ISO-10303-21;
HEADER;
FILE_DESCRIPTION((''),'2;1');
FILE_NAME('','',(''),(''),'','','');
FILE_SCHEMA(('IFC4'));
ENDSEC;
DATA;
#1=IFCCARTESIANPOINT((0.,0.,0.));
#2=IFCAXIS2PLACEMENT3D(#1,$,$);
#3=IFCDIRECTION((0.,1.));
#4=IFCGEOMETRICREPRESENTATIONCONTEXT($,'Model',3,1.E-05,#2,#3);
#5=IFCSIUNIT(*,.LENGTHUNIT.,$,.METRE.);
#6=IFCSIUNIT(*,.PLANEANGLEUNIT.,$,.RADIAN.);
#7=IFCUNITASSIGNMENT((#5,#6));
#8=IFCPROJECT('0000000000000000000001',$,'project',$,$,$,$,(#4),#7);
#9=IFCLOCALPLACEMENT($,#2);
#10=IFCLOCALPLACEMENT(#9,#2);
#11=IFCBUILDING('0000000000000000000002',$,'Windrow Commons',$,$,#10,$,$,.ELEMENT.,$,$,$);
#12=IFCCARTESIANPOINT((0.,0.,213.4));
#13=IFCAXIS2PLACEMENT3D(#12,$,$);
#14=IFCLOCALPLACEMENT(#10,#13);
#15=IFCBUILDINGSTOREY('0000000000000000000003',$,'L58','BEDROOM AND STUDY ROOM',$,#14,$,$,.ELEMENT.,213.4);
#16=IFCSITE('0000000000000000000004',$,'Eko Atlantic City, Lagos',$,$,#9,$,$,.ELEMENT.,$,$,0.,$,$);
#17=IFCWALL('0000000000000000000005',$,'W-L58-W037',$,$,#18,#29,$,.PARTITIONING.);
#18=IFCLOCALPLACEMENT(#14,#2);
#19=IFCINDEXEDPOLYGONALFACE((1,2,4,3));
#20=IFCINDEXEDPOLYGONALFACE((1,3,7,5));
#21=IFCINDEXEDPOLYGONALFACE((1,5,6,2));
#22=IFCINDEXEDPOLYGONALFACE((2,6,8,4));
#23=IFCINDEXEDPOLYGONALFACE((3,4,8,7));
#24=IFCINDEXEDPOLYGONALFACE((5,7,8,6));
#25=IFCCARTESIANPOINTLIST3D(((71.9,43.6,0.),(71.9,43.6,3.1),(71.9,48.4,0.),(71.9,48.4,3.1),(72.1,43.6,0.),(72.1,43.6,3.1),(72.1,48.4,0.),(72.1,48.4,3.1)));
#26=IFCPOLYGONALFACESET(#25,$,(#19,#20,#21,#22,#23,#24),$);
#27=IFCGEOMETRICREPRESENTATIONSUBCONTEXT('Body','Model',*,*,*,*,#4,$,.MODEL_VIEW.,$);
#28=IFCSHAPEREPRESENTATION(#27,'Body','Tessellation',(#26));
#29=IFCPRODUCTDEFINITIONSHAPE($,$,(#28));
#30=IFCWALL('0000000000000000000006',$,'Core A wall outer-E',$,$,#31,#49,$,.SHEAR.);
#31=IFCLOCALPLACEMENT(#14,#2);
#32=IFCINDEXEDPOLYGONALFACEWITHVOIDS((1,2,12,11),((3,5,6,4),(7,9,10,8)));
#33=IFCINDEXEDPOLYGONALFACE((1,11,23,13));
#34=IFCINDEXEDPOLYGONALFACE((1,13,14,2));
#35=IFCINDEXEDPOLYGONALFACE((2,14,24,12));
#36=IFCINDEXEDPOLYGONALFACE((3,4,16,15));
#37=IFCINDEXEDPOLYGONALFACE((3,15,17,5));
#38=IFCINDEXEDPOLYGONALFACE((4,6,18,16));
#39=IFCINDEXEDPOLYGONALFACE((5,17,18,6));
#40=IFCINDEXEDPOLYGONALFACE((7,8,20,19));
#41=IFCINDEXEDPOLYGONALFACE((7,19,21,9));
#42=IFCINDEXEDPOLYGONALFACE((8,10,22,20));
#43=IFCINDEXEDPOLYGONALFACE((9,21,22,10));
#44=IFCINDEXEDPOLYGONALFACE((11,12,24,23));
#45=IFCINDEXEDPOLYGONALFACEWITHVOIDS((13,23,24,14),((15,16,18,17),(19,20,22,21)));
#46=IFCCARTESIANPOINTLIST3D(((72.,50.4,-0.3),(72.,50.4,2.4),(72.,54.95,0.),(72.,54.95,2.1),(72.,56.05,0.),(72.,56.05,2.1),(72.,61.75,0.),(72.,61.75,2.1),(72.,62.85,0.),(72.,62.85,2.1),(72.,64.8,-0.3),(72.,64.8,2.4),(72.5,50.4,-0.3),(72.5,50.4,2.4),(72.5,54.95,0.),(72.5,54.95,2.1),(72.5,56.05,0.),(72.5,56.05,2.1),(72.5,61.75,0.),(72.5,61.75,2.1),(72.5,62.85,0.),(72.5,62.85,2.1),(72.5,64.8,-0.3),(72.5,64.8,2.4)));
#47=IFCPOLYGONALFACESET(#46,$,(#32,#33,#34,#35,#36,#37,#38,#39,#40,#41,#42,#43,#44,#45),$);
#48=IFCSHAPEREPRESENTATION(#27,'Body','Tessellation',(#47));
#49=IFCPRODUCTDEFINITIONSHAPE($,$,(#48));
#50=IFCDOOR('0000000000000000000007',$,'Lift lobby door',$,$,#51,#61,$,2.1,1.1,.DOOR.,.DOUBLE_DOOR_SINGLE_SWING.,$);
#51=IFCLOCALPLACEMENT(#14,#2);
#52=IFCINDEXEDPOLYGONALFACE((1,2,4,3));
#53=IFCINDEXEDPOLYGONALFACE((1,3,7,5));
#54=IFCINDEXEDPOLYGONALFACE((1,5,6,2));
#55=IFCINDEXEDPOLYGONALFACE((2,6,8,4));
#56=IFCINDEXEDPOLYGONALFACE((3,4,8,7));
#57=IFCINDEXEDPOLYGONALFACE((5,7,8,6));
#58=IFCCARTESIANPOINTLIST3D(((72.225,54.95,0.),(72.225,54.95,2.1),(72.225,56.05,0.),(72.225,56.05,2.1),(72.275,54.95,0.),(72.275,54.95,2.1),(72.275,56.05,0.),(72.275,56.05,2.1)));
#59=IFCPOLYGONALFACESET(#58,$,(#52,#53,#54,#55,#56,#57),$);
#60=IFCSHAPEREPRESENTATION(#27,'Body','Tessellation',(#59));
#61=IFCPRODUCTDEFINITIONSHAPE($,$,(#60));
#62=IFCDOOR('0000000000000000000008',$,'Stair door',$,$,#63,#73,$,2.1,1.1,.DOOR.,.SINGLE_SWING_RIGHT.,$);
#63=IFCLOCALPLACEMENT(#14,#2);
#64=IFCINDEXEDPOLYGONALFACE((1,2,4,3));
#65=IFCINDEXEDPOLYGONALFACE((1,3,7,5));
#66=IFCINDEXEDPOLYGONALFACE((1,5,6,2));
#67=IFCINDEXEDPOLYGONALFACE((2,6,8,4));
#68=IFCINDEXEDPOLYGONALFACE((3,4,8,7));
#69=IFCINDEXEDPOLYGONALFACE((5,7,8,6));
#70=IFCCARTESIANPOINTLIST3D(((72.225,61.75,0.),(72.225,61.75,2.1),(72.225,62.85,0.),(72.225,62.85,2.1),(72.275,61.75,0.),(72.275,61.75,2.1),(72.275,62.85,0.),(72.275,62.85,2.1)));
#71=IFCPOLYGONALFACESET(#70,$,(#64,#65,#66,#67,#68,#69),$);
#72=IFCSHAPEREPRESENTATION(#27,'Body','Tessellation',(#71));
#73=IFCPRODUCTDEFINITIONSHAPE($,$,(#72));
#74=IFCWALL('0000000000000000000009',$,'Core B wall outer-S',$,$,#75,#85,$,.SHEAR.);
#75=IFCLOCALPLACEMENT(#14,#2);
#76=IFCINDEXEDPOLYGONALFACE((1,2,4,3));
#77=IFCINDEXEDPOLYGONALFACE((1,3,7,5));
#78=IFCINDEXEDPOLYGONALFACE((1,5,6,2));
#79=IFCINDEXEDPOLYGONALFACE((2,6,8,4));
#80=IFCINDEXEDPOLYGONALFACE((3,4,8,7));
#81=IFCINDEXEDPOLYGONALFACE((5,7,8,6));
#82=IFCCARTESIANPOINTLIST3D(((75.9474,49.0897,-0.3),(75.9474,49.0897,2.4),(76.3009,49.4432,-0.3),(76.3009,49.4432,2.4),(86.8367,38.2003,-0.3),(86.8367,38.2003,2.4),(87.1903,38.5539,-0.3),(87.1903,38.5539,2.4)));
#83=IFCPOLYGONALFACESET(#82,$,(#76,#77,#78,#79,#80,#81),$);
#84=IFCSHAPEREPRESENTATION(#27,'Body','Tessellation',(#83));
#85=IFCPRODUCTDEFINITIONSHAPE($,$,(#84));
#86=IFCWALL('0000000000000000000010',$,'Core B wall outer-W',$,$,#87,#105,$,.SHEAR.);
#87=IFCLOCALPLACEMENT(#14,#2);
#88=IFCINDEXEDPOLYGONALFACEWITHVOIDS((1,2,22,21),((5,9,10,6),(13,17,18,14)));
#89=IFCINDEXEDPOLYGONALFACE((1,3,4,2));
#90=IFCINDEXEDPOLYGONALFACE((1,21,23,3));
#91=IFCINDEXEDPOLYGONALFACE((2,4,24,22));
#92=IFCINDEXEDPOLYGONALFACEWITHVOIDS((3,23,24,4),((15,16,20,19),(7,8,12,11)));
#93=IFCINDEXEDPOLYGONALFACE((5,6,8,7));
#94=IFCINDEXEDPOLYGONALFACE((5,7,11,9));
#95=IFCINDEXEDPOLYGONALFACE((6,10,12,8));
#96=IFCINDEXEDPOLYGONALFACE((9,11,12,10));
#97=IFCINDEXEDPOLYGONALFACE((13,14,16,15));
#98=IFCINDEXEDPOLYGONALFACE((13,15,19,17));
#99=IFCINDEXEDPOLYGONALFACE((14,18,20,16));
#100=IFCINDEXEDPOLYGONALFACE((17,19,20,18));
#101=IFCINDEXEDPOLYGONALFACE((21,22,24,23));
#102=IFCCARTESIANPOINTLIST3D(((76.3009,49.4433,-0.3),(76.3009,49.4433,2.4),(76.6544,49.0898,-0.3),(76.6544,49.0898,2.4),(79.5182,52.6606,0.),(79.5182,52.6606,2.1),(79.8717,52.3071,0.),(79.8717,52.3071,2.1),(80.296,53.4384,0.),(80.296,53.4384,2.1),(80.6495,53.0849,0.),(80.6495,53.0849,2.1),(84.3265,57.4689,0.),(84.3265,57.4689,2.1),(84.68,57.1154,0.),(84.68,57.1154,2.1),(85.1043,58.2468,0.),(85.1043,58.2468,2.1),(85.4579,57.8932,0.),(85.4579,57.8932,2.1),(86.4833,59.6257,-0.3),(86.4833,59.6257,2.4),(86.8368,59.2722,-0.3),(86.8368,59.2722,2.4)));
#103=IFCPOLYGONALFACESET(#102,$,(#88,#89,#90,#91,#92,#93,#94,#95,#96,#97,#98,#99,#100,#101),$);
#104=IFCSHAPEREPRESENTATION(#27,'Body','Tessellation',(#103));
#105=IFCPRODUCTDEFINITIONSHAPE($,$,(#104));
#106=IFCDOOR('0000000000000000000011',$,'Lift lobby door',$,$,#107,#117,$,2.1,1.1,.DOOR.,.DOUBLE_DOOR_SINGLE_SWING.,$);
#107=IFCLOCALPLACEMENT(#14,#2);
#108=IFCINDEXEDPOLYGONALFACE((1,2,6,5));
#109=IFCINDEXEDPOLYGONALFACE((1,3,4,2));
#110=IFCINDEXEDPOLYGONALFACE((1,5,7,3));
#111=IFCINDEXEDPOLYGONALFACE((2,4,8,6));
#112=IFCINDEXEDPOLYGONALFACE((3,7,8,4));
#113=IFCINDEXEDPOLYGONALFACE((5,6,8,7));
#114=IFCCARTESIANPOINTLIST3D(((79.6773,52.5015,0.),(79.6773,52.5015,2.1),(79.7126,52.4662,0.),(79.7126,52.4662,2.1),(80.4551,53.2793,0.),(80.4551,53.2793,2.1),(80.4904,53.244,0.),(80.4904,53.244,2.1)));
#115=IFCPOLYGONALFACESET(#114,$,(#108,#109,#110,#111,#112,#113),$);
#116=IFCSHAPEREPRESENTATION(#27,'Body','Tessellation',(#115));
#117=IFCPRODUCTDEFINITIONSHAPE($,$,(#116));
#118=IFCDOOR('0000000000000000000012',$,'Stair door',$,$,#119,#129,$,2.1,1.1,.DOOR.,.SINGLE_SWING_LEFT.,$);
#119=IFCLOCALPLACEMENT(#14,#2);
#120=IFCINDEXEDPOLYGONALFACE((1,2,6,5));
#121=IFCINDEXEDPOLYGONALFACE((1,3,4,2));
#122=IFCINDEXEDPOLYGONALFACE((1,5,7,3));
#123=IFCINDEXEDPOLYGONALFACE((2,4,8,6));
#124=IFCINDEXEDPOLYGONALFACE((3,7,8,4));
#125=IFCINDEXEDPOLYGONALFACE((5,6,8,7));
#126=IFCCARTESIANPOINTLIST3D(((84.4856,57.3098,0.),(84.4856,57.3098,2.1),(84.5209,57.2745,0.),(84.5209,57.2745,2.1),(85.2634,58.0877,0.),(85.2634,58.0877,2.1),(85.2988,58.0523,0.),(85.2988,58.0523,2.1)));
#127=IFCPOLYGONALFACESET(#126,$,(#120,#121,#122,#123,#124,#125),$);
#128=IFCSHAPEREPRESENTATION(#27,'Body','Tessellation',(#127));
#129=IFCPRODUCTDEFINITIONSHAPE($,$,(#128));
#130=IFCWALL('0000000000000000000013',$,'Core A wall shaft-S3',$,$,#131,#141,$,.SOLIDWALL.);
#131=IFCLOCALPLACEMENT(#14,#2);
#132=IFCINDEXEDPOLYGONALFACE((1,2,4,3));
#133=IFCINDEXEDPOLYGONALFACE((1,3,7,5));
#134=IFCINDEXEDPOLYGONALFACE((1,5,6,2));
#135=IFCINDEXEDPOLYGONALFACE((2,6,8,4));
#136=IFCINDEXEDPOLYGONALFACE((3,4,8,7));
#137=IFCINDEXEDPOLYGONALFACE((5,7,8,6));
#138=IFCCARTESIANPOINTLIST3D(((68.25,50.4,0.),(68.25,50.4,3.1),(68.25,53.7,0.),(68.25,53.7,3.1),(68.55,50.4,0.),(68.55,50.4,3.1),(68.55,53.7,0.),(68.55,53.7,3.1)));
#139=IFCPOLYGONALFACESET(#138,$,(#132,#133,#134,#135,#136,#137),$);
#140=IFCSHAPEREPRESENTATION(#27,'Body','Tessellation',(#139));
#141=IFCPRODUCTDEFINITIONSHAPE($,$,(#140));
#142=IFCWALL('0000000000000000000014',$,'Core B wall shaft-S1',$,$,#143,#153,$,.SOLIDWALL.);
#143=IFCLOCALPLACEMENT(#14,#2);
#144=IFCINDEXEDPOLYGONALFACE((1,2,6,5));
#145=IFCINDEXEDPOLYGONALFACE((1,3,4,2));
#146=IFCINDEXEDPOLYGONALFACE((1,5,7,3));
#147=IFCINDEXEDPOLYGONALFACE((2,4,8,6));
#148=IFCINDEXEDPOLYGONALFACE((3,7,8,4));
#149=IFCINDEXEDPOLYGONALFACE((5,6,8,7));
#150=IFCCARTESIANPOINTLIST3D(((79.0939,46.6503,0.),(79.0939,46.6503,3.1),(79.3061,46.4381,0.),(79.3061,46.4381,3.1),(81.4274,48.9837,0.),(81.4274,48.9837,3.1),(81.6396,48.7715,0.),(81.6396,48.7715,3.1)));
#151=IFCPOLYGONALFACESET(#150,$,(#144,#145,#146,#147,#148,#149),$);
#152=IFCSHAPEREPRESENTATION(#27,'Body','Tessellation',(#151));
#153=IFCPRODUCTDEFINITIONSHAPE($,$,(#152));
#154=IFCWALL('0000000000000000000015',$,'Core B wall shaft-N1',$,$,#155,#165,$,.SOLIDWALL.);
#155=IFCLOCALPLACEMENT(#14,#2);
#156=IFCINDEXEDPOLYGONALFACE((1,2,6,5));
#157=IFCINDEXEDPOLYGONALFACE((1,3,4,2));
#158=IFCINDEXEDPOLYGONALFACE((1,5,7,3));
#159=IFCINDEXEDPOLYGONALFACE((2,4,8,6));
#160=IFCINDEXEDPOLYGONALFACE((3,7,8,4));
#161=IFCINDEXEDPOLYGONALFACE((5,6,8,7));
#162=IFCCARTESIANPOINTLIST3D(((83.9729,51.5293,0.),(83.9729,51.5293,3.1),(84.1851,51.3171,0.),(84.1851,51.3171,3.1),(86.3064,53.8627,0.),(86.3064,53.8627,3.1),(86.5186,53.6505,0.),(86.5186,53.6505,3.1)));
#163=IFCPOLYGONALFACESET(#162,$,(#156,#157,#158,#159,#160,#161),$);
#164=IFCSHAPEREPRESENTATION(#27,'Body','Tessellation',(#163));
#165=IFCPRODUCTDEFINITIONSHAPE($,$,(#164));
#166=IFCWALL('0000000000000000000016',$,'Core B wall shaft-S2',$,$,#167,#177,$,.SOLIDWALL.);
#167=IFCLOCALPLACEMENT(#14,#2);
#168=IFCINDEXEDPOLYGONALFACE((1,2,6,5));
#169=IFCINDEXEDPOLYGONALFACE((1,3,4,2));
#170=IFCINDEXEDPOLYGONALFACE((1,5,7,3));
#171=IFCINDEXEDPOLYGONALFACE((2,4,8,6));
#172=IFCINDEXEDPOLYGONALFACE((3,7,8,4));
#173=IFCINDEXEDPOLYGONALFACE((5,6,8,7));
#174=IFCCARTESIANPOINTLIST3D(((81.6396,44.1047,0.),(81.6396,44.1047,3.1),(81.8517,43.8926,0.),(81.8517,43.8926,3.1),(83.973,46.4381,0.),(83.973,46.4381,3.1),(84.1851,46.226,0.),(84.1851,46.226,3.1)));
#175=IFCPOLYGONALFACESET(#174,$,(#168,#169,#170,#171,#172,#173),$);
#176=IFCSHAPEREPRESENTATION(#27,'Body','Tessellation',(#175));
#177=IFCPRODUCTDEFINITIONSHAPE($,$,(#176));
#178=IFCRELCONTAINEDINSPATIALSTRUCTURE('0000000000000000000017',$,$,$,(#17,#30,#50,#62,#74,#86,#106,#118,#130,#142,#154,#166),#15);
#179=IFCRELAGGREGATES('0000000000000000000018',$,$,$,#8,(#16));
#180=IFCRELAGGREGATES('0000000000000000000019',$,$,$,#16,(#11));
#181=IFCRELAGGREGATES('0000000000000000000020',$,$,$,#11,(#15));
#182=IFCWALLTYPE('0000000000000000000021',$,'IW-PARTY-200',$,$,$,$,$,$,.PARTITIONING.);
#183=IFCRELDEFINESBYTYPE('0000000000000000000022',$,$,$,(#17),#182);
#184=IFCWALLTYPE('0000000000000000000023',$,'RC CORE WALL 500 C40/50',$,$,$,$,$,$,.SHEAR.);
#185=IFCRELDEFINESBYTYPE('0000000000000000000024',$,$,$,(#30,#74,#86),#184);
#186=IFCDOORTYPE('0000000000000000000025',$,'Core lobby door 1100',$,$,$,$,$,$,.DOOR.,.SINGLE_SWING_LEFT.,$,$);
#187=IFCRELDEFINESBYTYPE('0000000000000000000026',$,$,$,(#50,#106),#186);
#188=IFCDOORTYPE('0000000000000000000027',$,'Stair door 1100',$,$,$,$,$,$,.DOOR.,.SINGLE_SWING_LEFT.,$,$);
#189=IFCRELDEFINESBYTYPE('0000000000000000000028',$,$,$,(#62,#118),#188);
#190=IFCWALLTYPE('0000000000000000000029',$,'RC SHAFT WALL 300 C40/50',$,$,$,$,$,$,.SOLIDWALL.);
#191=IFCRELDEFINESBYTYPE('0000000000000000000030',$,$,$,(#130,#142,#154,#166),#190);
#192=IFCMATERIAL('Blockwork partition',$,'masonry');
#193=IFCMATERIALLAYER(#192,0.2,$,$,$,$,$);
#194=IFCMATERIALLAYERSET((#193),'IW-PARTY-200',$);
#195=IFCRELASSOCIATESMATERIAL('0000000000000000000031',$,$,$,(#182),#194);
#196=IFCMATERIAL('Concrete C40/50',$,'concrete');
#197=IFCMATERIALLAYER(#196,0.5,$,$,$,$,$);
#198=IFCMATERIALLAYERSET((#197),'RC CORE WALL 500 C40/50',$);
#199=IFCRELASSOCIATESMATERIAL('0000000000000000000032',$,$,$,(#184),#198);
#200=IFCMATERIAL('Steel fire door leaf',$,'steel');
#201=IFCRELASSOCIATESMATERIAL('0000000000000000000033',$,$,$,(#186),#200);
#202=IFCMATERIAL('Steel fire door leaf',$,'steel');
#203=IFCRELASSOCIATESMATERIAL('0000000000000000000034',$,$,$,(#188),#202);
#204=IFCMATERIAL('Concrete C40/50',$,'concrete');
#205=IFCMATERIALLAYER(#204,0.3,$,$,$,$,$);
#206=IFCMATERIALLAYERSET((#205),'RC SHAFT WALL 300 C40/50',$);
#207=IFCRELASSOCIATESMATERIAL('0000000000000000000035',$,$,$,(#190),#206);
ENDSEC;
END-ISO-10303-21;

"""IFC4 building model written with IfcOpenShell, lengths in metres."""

from ifc_helpers import new_model, si_unit, direction, frame, frame_2d, origin, place, context, subcontext, project, spatial, rectangle, extrude, material, layer, layer_set, type_object, element, fill, save


model = new_model("IFC4")

# Units and contexts
model_context = context("Model", 3, precision=1e-05, world=origin(), true_north=direction((0.0, 1.0)))
body_context = subcontext(model_context, "Body", "Model", "MODEL_VIEW")
ifc_project = project(units=[si_unit("LENGTHUNIT", "METRE"), si_unit("PLANEANGLEUNIT", "RADIAN")], contexts=[model_context])

# Site, building, storey
site_placement = place(None, origin())
site = spatial("IfcSite", under=ifc_project, at=site_placement, Name="Eko Atlantic City, Lagos", CompositionType="ELEMENT", RefElevation=0.0)
building_placement = place(site_placement, origin())
building = spatial("IfcBuilding", under=site, at=building_placement, Name="Windrow Commons", CompositionType="ELEMENT")
storey_placement = place(building_placement, frame((0.0, 0.0, 213.4)))
storey = spatial("IfcBuildingStorey", under=building, at=storey_placement, Name="L58", Description="BEDROOM AND STUDY ROOM", CompositionType="ELEMENT", Elevation=213.4)

# Wall
ifc_material_1 = material(Name="Blockwork partition", Category="masonry")
ifc_layer_1 = layer(ifc_material_1, 0.2)
ifc_layer_set_1 = layer_set([ifc_layer_1], Name="IW-PARTY-200")
wall_type_1 = type_object("IfcWallType", Name="IW-PARTY-200", PredefinedType="PARTITIONING", material=ifc_layer_set_1)
wall_1_placement = place(storey_placement, frame((72.0, 43.6, 0.0), z_axis=(0.0, 0.0, 1.0), x_axis=(0.0, 1.0, 0.0)))
element("IfcWall", 1, at=wall_1_placement, inside=storey, type_object=wall_type_1, Name="W-L58-W037", PredefinedType="PARTITIONING", context=body_context, shape_type="SweptSolid", body=[
    extrude(rectangle(XDim=4.8, YDim=0.2, at=frame_2d((2.4, 0.0))), origin(), (0.0, 0.0, 1.0), 3.1),
])

# Wall, openings, doors
ifc_material_2 = material(Name="Concrete C40/50", Category="concrete")
ifc_layer_2 = layer(ifc_material_2, 0.5)
ifc_layer_set_2 = layer_set([ifc_layer_2], Name="RC CORE WALL 500 C40/50")
wall_type_2 = type_object("IfcWallType", Name="RC CORE WALL 500 C40/50", PredefinedType="SHEAR", material=ifc_layer_set_2)
wall_2_placement = place(storey_placement, frame((72.25, 50.4, -0.3), z_axis=(0.0, 0.0, 1.0), x_axis=(0.0, 1.0, 0.0)))
wall_2 = element("IfcWall", 2, at=wall_2_placement, inside=storey, type_object=wall_type_2, Name="Core A wall outer-E", PredefinedType="SHEAR", context=body_context, shape_type="SweptSolid", body=[
    extrude(rectangle(XDim=14.4, YDim=0.5, at=frame_2d((7.2, 0.0))), origin(), (0.0, 0.0, 1.0), 2.7),
])
opening_1_placement = place(wall_2_placement, frame((4.55, 0.0, 0.3)))
opening_1 = element("IfcOpeningElement", 3, at=opening_1_placement, cuts=wall_2, PredefinedType="OPENING", context=body_context, shape_type="SweptSolid", body=[
    extrude(rectangle(XDim=1.1, YDim=2.1, at=frame_2d((0.55, 1.05))), frame((0.0, 0.26, 0.0), z_axis=(0.0, -1.0, 0.0), x_axis=(1.0, 0.0, 0.0)), (0.0, 0.0, 1.0), 0.52),
])
opening_2_placement = place(wall_2_placement, frame((11.35, 0.0, 0.3)))
opening_2 = element("IfcOpeningElement", 4, at=opening_2_placement, cuts=wall_2, PredefinedType="OPENING", context=body_context, shape_type="SweptSolid", body=[
    extrude(rectangle(XDim=1.1, YDim=2.1, at=frame_2d((0.55, 1.05))), frame((0.0, 0.26, 0.0), z_axis=(0.0, -1.0, 0.0), x_axis=(1.0, 0.0, 0.0)), (0.0, 0.0, 1.0), 0.52),
])
ifc_material_3 = material(Name="Steel fire door leaf", Category="steel")
door_type_1 = type_object("IfcDoorType", Name="Core lobby door 1100", OperationType="SINGLE_SWING_LEFT", PredefinedType="DOOR", material=ifc_material_3)
door_1_placement = place(opening_1_placement, origin())
door_1 = element("IfcDoor", 5, at=door_1_placement, inside=storey, type_object=door_type_1, Name="Lift lobby door", OperationType="DOUBLE_DOOR_SINGLE_SWING", OverallHeight=2.1, OverallWidth=1.1, PredefinedType="DOOR", context=body_context, shape_type="SweptSolid", body=[
    extrude(rectangle(XDim=1.1, YDim=2.1, at=frame_2d((0.55, 1.05))), frame((0.0, 0.025, 0.0), z_axis=(0.0, -1.0, 0.0), x_axis=(1.0, 0.0, 0.0)), (0.0, 0.0, 1.0), 0.05),
])
fill(opening_1, door_1)
ifc_material_4 = material(Name="Steel fire door leaf", Category="steel")
door_type_2 = type_object("IfcDoorType", Name="Stair door 1100", OperationType="SINGLE_SWING_LEFT", PredefinedType="DOOR", material=ifc_material_4)
door_2_placement = place(opening_2_placement, origin())
door_2 = element("IfcDoor", 6, at=door_2_placement, inside=storey, type_object=door_type_2, Name="Stair door", OperationType="SINGLE_SWING_RIGHT", OverallHeight=2.1, OverallWidth=1.1, PredefinedType="DOOR", context=body_context, shape_type="SweptSolid", body=[
    extrude(rectangle(XDim=1.1, YDim=2.1, at=frame_2d((0.55, 1.05))), frame((0.0, 0.025, 0.0), z_axis=(0.0, -1.0, 0.0), x_axis=(1.0, 0.0, 0.0)), (0.0, 0.0, 1.0), 0.05),
])
fill(opening_2, door_2)

# Wall
wall_3_placement = place(storey_placement, frame((76.1241, 49.2665, -0.3), z_axis=(0.0, 0.0, 1.0), x_axis=(0.707107, -0.707107, 0.0)))
element("IfcWall", 7, at=wall_3_placement, inside=storey, type_object=wall_type_2, Name="Core B wall outer-S", PredefinedType="SHEAR", context=body_context, shape_type="SweptSolid", body=[
    extrude(rectangle(XDim=15.3999, YDim=0.5, at=frame_2d((7.7, 0.0))), origin(), (0.0, 0.0, 1.0), 2.7),
])

# Wall, openings, doors
wall_4_placement = place(storey_placement, frame((76.4776, 49.2665, -0.3), z_axis=(0.0, 0.0, 1.0), x_axis=(0.707107, 0.707107, 0.0)))
wall_4 = element("IfcWall", 8, at=wall_4_placement, inside=storey, type_object=wall_type_2, Name="Core B wall outer-W", PredefinedType="SHEAR", context=body_context, shape_type="SweptSolid", body=[
    extrude(rectangle(XDim=14.4001, YDim=0.5, at=frame_2d((7.2001, 0.0))), origin(), (0.0, 0.0, 1.0), 2.7),
])
opening_3_placement = place(wall_4_placement, frame((4.55, 0.0, 0.3)))
opening_3 = element("IfcOpeningElement", 9, at=opening_3_placement, cuts=wall_4, PredefinedType="OPENING", context=body_context, shape_type="SweptSolid", body=[
    extrude(rectangle(XDim=1.1, YDim=2.1, at=frame_2d((0.55, 1.05))), frame((0.0, 0.26, 0.0), z_axis=(0.0, -1.0, 0.0), x_axis=(1.0, 0.0, 0.0)), (0.0, 0.0, 1.0), 0.52),
])
opening_4_placement = place(wall_4_placement, frame((11.35, 0.0, 0.3)))
opening_4 = element("IfcOpeningElement", 10, at=opening_4_placement, cuts=wall_4, PredefinedType="OPENING", context=body_context, shape_type="SweptSolid", body=[
    extrude(rectangle(XDim=1.1, YDim=2.1, at=frame_2d((0.55, 1.05))), frame((0.0, 0.26, 0.0), z_axis=(0.0, -1.0, 0.0), x_axis=(1.0, 0.0, 0.0)), (0.0, 0.0, 1.0), 0.52),
])
door_3_placement = place(opening_3_placement, origin())
door_3 = element("IfcDoor", 11, at=door_3_placement, inside=storey, type_object=door_type_1, Name="Lift lobby door", OperationType="DOUBLE_DOOR_SINGLE_SWING", OverallHeight=2.1, OverallWidth=1.1, PredefinedType="DOOR", context=body_context, shape_type="SweptSolid", body=[
    extrude(rectangle(XDim=1.1, YDim=2.1, at=frame_2d((0.55, 1.05))), frame((0.0, 0.025, 0.0), z_axis=(0.0, -1.0, 0.0), x_axis=(1.0, 0.0, 0.0)), (0.0, 0.0, 1.0), 0.05),
])
fill(opening_3, door_3)
door_4_placement = place(opening_4_placement, origin())
door_4 = element("IfcDoor", 12, at=door_4_placement, inside=storey, type_object=door_type_2, Name="Stair door", OperationType="SINGLE_SWING_LEFT", OverallHeight=2.1, OverallWidth=1.1, PredefinedType="DOOR", context=body_context, shape_type="SweptSolid", body=[
    extrude(rectangle(XDim=1.1, YDim=2.1, at=frame_2d((0.55, 1.05))), frame((0.0, 0.025, 0.0), z_axis=(0.0, -1.0, 0.0), x_axis=(1.0, 0.0, 0.0)), (0.0, 0.0, 1.0), 0.05),
])
fill(opening_4, door_4)

# Walls
ifc_material_5 = material(Name="Concrete C40/50", Category="concrete")
ifc_layer_3 = layer(ifc_material_5, 0.3)
ifc_layer_set_3 = layer_set([ifc_layer_3], Name="RC SHAFT WALL 300 C40/50")
wall_type_3 = type_object("IfcWallType", Name="RC SHAFT WALL 300 C40/50", PredefinedType="SOLIDWALL", material=ifc_layer_set_3)
for number, where, z_axis, x_axis, name in (
    (13, (68.4, 50.4, 0.0), (0.0, 0.0, 1.0), (0.0, 1.0, 0.0), "Core A wall shaft-S3"),
    (14, (79.2, 46.5442, 0.0), (0.0, 0.0, 1.0), (0.707122, 0.707092, 0.0), "Core B wall shaft-S1"),
    (15, (84.079, 51.4232, 0.0), (0.0, 0.0, 1.0), (0.707122, 0.707092, 0.0), "Core B wall shaft-N1"),
):
    element("IfcWall", number, at=place(storey_placement, frame(where, z_axis=z_axis, x_axis=x_axis)), inside=storey, type_object=wall_type_3, Name=name, PredefinedType="SOLIDWALL", context=body_context, shape_type="SweptSolid", body=[
        extrude(rectangle(XDim=3.3, YDim=0.3, at=frame_2d((1.65, 0.0))), origin(), (0.0, 0.0, 1.0), 3.1),
    ])
wall_5_placement = place(storey_placement, frame((81.7456, 43.9986, 0.0), z_axis=(0.0, 0.0, 1.0), x_axis=(0.707107, 0.707107, 0.0)))
element("IfcWall", 16, at=wall_5_placement, inside=storey, type_object=wall_type_3, Name="Core B wall shaft-S2", PredefinedType="SOLIDWALL", context=body_context, shape_type="SweptSolid", body=[
    extrude(rectangle(XDim=3.2999, YDim=0.3, at=frame_2d((1.65, 0.0))), origin(), (0.0, 0.0, 1.0), 3.1),
])

save(model, "model.ifc")
